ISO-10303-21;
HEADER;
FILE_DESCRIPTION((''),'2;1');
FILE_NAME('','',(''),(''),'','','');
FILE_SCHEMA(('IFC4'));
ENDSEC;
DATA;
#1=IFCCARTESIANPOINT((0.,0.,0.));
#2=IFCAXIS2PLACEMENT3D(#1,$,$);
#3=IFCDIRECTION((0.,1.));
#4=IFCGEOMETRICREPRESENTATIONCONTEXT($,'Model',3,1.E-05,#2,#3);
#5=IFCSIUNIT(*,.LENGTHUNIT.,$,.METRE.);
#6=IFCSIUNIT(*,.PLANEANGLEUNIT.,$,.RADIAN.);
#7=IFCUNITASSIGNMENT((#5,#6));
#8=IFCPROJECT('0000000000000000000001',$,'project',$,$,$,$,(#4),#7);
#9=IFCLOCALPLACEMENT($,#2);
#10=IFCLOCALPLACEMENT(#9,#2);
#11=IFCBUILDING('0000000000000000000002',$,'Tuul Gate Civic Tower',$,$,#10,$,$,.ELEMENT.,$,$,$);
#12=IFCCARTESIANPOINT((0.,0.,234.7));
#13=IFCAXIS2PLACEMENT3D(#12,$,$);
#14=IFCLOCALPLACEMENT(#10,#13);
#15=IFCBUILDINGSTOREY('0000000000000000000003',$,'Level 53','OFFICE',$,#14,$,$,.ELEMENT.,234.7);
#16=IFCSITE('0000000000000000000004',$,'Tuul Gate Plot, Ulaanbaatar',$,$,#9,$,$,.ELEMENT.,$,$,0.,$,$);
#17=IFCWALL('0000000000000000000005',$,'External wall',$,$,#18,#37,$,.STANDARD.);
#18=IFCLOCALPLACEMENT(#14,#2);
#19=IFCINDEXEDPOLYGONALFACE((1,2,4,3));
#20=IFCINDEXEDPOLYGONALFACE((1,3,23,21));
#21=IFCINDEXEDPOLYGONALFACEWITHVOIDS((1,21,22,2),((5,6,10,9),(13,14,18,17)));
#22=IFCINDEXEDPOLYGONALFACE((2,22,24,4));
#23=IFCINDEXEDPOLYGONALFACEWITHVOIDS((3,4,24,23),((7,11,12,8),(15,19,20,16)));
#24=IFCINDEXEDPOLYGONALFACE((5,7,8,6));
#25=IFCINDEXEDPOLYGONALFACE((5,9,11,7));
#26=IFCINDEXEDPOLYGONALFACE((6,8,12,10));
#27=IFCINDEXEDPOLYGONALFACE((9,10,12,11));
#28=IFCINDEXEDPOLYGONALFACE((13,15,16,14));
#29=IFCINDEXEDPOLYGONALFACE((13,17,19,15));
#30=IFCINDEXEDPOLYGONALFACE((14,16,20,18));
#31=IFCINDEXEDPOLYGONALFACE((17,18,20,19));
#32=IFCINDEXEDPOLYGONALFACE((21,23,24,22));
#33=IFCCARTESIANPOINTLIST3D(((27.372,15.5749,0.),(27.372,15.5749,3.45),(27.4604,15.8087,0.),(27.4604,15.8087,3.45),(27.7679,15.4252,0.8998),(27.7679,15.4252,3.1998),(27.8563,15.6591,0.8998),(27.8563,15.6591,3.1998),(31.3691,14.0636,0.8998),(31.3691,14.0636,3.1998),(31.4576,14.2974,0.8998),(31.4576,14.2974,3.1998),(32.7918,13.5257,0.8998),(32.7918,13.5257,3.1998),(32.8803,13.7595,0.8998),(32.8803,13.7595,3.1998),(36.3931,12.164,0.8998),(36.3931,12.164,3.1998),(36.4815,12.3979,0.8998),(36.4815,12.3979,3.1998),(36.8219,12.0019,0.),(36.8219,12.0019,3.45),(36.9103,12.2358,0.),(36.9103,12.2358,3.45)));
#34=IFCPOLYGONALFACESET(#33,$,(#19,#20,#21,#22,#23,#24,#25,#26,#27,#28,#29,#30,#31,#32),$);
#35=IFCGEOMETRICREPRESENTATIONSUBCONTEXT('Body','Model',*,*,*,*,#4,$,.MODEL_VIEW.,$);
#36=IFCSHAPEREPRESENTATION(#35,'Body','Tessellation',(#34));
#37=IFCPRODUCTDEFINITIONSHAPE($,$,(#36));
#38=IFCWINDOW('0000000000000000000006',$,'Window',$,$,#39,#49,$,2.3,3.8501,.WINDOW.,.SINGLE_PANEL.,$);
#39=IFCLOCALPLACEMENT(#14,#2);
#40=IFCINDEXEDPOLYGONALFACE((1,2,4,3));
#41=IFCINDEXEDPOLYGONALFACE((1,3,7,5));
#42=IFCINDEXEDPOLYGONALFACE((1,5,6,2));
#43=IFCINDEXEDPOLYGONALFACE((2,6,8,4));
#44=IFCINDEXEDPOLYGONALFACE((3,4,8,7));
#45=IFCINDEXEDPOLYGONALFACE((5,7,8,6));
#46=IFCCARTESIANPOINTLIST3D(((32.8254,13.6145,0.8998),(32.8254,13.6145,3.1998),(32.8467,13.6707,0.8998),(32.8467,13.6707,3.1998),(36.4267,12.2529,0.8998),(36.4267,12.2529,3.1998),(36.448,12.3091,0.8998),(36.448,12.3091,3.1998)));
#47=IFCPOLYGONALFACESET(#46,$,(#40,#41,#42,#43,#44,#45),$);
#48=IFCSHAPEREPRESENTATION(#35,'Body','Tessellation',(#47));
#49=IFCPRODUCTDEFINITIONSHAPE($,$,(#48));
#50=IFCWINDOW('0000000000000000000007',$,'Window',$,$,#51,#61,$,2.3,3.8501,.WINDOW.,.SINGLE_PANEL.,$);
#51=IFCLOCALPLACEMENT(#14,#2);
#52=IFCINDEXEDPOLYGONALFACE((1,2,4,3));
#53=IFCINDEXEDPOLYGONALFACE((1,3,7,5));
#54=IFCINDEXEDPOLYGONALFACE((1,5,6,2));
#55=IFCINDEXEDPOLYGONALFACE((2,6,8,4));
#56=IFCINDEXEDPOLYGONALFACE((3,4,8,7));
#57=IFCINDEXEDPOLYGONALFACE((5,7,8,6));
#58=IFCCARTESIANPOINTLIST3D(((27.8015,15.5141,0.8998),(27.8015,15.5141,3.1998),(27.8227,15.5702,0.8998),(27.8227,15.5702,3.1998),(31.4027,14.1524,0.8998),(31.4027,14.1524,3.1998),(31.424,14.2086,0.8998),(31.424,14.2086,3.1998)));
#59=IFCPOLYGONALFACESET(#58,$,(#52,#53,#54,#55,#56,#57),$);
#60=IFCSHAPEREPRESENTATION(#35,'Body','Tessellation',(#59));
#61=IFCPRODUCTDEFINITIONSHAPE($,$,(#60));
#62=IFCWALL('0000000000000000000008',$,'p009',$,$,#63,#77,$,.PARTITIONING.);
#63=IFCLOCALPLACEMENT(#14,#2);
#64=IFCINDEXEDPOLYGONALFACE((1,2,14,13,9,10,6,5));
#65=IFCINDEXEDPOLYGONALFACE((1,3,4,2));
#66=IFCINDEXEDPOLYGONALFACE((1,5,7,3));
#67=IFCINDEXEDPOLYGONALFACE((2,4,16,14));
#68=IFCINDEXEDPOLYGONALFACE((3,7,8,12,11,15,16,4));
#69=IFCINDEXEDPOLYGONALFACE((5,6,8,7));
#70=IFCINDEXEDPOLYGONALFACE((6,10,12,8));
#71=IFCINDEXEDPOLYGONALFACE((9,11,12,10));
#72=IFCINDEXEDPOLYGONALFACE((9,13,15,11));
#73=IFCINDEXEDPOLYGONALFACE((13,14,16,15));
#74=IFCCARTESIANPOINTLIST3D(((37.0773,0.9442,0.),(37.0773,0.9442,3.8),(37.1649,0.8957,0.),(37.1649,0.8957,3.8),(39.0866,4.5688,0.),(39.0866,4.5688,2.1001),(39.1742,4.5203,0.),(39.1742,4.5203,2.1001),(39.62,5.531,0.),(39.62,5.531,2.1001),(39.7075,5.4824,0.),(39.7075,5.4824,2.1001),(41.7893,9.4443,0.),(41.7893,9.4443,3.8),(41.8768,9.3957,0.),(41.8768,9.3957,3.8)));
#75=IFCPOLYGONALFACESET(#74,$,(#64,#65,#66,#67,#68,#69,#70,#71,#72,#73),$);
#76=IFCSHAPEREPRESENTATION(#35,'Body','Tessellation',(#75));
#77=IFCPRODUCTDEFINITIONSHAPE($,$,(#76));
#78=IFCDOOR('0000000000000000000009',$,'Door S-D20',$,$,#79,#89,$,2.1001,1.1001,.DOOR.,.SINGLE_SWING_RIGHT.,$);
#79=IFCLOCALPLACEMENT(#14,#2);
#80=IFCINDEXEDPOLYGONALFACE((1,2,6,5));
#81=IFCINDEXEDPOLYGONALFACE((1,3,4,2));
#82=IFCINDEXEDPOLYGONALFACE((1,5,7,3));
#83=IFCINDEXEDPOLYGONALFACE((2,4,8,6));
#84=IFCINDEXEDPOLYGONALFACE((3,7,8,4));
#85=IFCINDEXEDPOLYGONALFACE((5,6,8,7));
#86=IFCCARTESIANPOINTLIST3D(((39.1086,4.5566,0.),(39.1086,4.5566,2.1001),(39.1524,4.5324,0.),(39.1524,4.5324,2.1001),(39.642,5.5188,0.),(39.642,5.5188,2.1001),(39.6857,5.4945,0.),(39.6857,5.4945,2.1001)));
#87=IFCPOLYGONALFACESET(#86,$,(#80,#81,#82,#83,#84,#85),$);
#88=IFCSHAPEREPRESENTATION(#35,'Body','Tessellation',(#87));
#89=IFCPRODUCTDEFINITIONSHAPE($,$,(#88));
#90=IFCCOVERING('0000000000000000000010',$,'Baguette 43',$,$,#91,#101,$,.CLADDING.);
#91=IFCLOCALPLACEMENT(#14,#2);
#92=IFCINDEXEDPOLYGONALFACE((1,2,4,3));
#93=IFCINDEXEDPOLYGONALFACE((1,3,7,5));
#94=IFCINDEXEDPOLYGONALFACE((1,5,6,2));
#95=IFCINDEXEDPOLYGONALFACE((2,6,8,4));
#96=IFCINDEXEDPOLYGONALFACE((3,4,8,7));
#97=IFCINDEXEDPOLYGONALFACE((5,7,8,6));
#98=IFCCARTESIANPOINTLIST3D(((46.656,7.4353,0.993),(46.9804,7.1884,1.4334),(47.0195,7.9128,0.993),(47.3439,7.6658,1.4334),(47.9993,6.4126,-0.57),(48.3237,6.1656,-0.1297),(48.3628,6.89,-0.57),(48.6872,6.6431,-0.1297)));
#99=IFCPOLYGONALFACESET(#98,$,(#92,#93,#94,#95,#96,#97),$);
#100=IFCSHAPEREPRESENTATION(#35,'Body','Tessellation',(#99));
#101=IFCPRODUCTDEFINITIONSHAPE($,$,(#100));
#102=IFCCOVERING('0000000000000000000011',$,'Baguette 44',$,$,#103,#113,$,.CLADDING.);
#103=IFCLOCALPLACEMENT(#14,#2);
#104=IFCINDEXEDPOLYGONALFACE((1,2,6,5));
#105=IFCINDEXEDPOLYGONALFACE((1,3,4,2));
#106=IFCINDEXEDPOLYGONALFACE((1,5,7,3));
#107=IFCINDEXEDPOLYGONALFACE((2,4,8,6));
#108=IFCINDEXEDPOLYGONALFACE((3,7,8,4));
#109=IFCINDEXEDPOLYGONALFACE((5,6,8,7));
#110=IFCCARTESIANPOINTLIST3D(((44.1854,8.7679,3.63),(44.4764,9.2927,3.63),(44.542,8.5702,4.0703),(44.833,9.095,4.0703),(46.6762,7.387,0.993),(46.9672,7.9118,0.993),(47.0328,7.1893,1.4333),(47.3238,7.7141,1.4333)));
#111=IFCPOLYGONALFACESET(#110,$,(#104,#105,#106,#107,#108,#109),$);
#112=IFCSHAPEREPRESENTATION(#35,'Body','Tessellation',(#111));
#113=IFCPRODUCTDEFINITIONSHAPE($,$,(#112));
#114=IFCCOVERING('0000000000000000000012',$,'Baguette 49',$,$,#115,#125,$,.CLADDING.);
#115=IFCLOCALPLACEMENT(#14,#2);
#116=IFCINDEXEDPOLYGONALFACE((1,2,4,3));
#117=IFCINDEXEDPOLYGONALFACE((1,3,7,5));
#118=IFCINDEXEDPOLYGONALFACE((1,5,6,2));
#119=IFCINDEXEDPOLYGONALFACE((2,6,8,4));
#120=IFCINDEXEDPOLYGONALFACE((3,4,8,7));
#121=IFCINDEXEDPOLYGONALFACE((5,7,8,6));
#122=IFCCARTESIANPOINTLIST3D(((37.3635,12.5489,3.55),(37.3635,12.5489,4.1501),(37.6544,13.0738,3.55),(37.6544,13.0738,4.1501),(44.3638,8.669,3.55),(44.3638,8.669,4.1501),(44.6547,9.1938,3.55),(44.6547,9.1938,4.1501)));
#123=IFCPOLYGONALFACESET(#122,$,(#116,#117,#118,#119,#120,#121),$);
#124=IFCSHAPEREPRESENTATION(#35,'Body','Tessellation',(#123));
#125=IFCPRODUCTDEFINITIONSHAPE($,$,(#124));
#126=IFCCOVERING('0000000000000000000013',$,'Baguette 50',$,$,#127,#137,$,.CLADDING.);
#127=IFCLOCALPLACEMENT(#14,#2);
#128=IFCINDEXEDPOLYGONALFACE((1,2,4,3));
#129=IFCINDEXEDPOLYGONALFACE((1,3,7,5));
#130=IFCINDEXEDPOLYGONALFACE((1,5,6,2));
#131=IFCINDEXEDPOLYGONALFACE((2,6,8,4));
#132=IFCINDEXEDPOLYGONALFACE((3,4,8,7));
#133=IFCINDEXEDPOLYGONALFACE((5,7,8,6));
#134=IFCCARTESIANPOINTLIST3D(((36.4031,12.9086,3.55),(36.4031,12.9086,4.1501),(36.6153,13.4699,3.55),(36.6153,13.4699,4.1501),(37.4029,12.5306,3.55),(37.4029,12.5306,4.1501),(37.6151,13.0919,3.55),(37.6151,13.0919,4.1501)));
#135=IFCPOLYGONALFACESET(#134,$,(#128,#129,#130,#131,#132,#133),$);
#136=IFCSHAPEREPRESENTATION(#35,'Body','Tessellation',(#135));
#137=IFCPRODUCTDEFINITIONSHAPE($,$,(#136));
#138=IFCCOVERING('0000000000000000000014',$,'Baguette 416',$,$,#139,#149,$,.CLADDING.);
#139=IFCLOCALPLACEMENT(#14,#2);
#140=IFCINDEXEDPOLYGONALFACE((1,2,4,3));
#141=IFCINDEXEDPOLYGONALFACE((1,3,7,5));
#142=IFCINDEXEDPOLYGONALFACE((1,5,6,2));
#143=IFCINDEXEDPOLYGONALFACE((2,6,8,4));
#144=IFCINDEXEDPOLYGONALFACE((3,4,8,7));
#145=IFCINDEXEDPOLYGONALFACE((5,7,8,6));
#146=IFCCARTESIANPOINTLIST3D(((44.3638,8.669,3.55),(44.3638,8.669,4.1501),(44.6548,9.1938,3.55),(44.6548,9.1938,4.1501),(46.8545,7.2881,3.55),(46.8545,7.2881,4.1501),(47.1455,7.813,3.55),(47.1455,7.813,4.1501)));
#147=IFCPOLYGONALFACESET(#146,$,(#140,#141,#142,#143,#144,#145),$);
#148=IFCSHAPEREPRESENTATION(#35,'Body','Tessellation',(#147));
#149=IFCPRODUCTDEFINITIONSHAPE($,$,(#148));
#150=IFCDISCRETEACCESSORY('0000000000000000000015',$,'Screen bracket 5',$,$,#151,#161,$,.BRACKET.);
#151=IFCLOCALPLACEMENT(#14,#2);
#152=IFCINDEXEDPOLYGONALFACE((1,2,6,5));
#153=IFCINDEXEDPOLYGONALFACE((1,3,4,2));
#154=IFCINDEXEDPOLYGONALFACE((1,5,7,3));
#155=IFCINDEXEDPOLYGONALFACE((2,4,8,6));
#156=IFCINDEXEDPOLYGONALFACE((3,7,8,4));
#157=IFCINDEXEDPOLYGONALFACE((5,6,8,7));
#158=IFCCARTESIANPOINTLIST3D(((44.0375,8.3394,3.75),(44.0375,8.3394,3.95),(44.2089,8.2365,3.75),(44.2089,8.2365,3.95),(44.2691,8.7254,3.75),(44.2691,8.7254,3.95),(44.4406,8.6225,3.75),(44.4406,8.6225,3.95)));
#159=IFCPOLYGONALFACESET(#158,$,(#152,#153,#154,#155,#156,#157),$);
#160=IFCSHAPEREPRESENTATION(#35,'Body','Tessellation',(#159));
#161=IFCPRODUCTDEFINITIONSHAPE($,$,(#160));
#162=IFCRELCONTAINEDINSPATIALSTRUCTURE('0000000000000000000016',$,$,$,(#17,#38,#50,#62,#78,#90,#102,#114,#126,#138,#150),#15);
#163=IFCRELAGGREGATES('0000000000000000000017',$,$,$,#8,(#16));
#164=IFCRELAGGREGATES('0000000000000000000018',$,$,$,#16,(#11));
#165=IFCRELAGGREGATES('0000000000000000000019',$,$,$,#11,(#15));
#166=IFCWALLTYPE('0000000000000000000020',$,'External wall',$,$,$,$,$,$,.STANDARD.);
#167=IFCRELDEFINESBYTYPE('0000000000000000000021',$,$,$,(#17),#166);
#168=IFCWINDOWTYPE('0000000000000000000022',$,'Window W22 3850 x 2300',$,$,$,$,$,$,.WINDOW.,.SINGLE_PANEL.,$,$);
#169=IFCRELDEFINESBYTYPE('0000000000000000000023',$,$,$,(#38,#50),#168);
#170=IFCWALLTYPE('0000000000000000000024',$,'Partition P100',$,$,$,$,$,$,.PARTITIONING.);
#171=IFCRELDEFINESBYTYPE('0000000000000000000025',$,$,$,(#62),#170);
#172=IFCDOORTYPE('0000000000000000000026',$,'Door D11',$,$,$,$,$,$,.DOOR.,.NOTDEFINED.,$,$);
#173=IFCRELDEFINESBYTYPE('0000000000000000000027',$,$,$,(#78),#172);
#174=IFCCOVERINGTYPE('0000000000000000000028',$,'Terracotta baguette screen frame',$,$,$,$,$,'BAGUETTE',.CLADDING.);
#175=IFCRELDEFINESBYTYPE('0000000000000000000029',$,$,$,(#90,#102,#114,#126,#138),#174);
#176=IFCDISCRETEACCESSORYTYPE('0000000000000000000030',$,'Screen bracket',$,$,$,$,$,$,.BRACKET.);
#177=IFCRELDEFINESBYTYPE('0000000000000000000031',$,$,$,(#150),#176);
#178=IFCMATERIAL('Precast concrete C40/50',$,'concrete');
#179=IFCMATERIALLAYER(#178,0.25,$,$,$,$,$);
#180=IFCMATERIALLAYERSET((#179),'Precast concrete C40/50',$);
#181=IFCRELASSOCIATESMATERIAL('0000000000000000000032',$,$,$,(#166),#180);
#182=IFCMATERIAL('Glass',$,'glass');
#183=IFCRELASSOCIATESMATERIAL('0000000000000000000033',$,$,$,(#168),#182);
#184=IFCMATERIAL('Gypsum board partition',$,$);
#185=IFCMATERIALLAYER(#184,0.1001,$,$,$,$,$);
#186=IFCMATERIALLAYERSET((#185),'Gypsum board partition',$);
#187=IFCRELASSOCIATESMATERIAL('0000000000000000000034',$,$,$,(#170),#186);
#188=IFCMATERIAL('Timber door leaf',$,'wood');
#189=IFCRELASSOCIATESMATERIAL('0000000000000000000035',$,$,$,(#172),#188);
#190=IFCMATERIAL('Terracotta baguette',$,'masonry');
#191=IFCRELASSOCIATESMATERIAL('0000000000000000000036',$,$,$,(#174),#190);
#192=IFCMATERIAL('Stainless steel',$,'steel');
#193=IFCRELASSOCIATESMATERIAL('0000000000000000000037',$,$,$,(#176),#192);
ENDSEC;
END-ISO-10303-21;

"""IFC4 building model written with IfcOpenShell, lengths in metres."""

from ifc_helpers import new_model, si_unit, direction, frame, frame_2d, origin, origin_2d, place, context, subcontext, project, spatial, rectangle, extrude, material, layer, layer_set, material_profile, profile_set, type_object, element, fill, save


model = new_model("IFC4")

# Units and contexts
model_context = context("Model", 3, precision=1e-05, world=origin(), true_north=direction((0.0, 1.0)))
body_context = subcontext(model_context, "Body", "Model", "MODEL_VIEW")
ifc_project = project(units=[si_unit("LENGTHUNIT", "METRE"), si_unit("PLANEANGLEUNIT", "RADIAN")], contexts=[model_context])

# Site, building, storey
site_placement = place(None, origin())
site = spatial("IfcSite", under=ifc_project, at=site_placement, Name="Tuul Gate Plot, Ulaanbaatar", CompositionType="ELEMENT", RefElevation=0.0)
building_placement = place(site_placement, origin())
building = spatial("IfcBuilding", under=site, at=building_placement, Name="Tuul Gate Civic Tower", CompositionType="ELEMENT")
storey_placement = place(building_placement, frame((0.0, 0.0, 234.7)))
storey = spatial("IfcBuildingStorey", under=building, at=storey_placement, Name="Level 53", Description="OFFICE", CompositionType="ELEMENT", Elevation=234.7)

# Wall, openings, windows
ifc_material_1 = material(Name="Precast concrete C40/50", Category="concrete")
ifc_layer_1 = layer(ifc_material_1, 0.25)
ifc_layer_set_1 = layer_set([ifc_layer_1], Name="Precast concrete C40/50")
wall_type_1 = type_object("IfcWallType", Name="External wall", PredefinedType="STANDARD", material=ifc_layer_set_1)
ifc_material_2 = material(Name="Glass", Category="glass")
window_type = type_object("IfcWindowType", Name="Window W22 3850 x 2300", PartitioningType="SINGLE_PANEL", PredefinedType="WINDOW", material=ifc_material_2)
wall_1_placement = place(storey_placement, frame((36.866, 12.1189, 0.0), z_axis=(0.0, 0.0, 1.0), x_axis=(-0.935373, 0.353662, 0.0)))
wall_1 = element("IfcWall", 1, at=wall_1_placement, inside=storey, type_object=wall_type_1, Name="External wall", PredefinedType="STANDARD", context=body_context, shape_type="SweptSolid", body=[
    extrude(rectangle(XDim=10.1028, YDim=0.25, at=frame_2d((5.0513, 0.0))), origin(), (0.0, 0.0, 1.0), 3.45),
])
opening_1_placement = place(wall_1_placement, frame((0.4583, 0.0, 0.8999)))
opening_1 = element("IfcOpeningElement", 2, at=opening_1_placement, cuts=wall_1, PredefinedType="OPENING", context=body_context, shape_type="SweptSolid", body=[
    extrude(rectangle(XDim=3.8501, YDim=2.3, at=frame_2d((1.925, 1.1499))), frame((0.0, 0.135, 0.0), z_axis=(0.0, -1.0, 0.0), x_axis=(1.0, 0.0, 0.0)), (0.0, 0.0, 1.0), 0.27),
])
opening_2_placement = place(wall_1_placement, frame((5.8293, 0.0, 0.8999)))
opening_2 = element("IfcOpeningElement", 3, at=opening_2_placement, cuts=wall_1, PredefinedType="OPENING", context=body_context, shape_type="SweptSolid", body=[
    extrude(rectangle(XDim=3.8501, YDim=2.3, at=frame_2d((1.925, 1.1499))), frame((0.0, 0.135, 0.0), z_axis=(0.0, -1.0, 0.0), x_axis=(1.0, 0.0, 0.0)), (0.0, 0.0, 1.0), 0.27),
])
window_1_placement = place(opening_1_placement, origin())
window_1 = element("IfcWindow", 4, at=window_1_placement, inside=storey, type_object=window_type, Name="Window", OverallHeight=2.3, OverallWidth=3.8501, PartitioningType="SINGLE_PANEL", PredefinedType="WINDOW", context=body_context, shape_type="SweptSolid", body=[
    extrude(rectangle(XDim=3.8501, YDim=2.3, at=frame_2d((1.925, 1.1499))), frame((0.0, 0.03, 0.0), z_axis=(0.0, -1.0, 0.0), x_axis=(1.0, 0.0, 0.0)), (0.0, 0.0, 1.0), 0.0601),
])
fill(opening_1, window_1)
window_2_placement = place(opening_2_placement, origin())
window_2 = element("IfcWindow", 5, at=window_2_placement, inside=storey, type_object=window_type, Name="Window", OverallHeight=2.3, OverallWidth=3.8501, PartitioningType="SINGLE_PANEL", PredefinedType="WINDOW", context=body_context, shape_type="SweptSolid", body=[
    extrude(rectangle(XDim=3.8501, YDim=2.3, at=frame_2d((1.925, 1.1499))), frame((0.0, 0.03, 0.0), z_axis=(0.0, -1.0, 0.0), x_axis=(1.0, 0.0, 0.0)), (0.0, 0.0, 1.0), 0.0601),
])
fill(opening_2, window_2)

# Wall, opening, door
ifc_material_3 = material(Name="Gypsum board partition")
ifc_layer_2 = layer(ifc_material_3, 0.1001)
ifc_layer_set_2 = layer_set([ifc_layer_2], Name="Gypsum board partition")
wall_type_2 = type_object("IfcWallType", Name="Partition P100", PredefinedType="PARTITIONING", material=ifc_layer_set_2)
wall_2_placement = place(storey_placement, frame((37.1211, 0.9199, 0.0), z_axis=(0.0, 0.0, 1.0), x_axis=(0.484832, 0.874607, 0.0)))
wall_2 = element("IfcWall", 6, at=wall_2_placement, inside=storey, type_object=wall_type_2, Name="p009", PredefinedType="PARTITIONING", context=body_context, shape_type="SweptSolid", body=[
    extrude(rectangle(XDim=9.7188, YDim=0.1001, at=frame_2d((4.8594, 0.0))), origin(), (0.0, 0.0, 1.0), 3.8),
])
opening_3_placement = place(wall_2_placement, frame((4.1443, 0.0, 0.0)))
opening_3 = element("IfcOpeningElement", 7, at=opening_3_placement, cuts=wall_2, PredefinedType="OPENING", context=body_context, shape_type="SweptSolid", body=[
    extrude(rectangle(XDim=1.1001, YDim=2.1001, at=frame_2d((0.55, 1.05))), frame((0.0, 0.0601, 0.0), z_axis=(0.0, -1.0, 0.0), x_axis=(1.0, 0.0, 0.0)), (0.0, 0.0, 1.0), 0.1201),
])
ifc_material_4 = material(Name="Timber door leaf", Category="wood")
door_type_1 = type_object("IfcDoorType", Name="Door D11", OperationType="NOTDEFINED", PredefinedType="DOOR", material=ifc_material_4)
door_1_placement = place(opening_3_placement, origin())
door_1 = element("IfcDoor", 8, at=door_1_placement, inside=storey, type_object=door_type_1, Name="Door S-D20", OperationType="SINGLE_SWING_RIGHT", OverallHeight=2.1001, OverallWidth=1.1001, PredefinedType="DOOR", context=body_context, shape_type="SweptSolid", body=[
    extrude(rectangle(XDim=1.1001, YDim=2.1001, at=frame_2d((0.55, 1.05))), frame((0.0, 0.0249, 0.0), z_axis=(0.0, -1.0, 0.0), x_axis=(1.0, 0.0, 0.0)), (0.0, 0.0, 1.0), 0.05),
])
fill(opening_3, door_1)

# Coverings
ifc_material_5 = material(Name="Terracotta baguette", Category="masonry")
ifc_material_profile_1 = material_profile(ifc_material_5, rectangle(XDim=0.6001, YDim=0.6001, at=origin_2d()), Name="Terracotta baguette screen frame")
ifc_profile_set_1 = profile_set([ifc_material_profile_1], Name="Terracotta baguette")
covering_type = type_object("IfcCoveringType", Name="Terracotta baguette screen frame", ElementType="BAGUETTE", PredefinedType="CLADDING", material=ifc_profile_set_1)
covering_1_placement = place(storey_placement, frame((48.3433, 6.5278, -0.3499), z_axis=(-0.58385, 0.44452, 0.679354), x_axis=(-0.605769, -0.795641, 0.0)))
element("IfcCovering", 9, at=covering_1_placement, inside=storey, type_object=covering_type, Name="Baguette 43", PredefinedType="CLADDING", context=body_context, shape_type="SweptSolid", body=[
    extrude(rectangle(XDim=0.6001, YDim=0.6001, at=origin_2d()), origin(), (0.0, 0.0, 1.0), 2.3008),
])
covering_2_placement = place(storey_placement, frame((47.0, 7.5505, 1.2131), z_axis=(-0.641733, 0.355778, 0.679412), x_axis=(-0.484871, -0.874586, 0.0)))
element("IfcCovering", 10, at=covering_2_placement, inside=storey, type_object=covering_type, Name="Baguette 44", PredefinedType="CLADDING", context=body_context, shape_type="SweptSolid", body=[
    extrude(rectangle(XDim=0.6001, YDim=0.6001, at=origin_2d()), origin(), (0.0, 0.0, 1.0), 3.8813),
])
covering_3_placement = place(storey_placement, frame((44.5093, 8.9314, 3.8501), z_axis=(-0.874642, 0.48477, 0.0), x_axis=(-0.48477, -0.874642, 0.0)))
element("IfcCovering", 11, at=covering_3_placement, inside=storey, type_object=covering_type, Name="Baguette 49", PredefinedType="CLADDING", context=body_context, shape_type="SweptSolid", body=[
    extrude(rectangle(XDim=0.6001, YDim=0.6001, at=origin_2d()), origin(), (0.0, 0.0, 1.0), 8.0037),
])
covering_4_placement = place(storey_placement, frame((37.509, 12.8113, 3.8501), z_axis=(-0.935397, 0.3536, 0.0), x_axis=(-0.3536, -0.935397, 0.0)))
element("IfcCovering", 12, at=covering_4_placement, inside=storey, type_object=covering_type, Name="Baguette 50", PredefinedType="CLADDING", context=body_context, shape_type="SweptSolid", body=[
    extrude(rectangle(XDim=0.6001, YDim=0.6001, at=origin_2d()), origin(), (0.0, 0.0, 1.0), 1.0688),
])
covering_5_placement = place(storey_placement, frame((47.0, 7.5505, 3.8501), z_axis=(-0.874586, 0.484871, 0.0), x_axis=(-0.484871, -0.874586, 0.0)))
element("IfcCovering", 13, at=covering_5_placement, inside=storey, type_object=covering_type, Name="Baguette 416", PredefinedType="CLADDING", context=body_context, shape_type="SweptSolid", body=[
    extrude(rectangle(XDim=0.6001, YDim=0.6001, at=origin_2d()), origin(), (0.0, 0.0, 1.0), 2.8479),
])

# Discrete accessory
ifc_material_6 = material(Name="Stainless steel", Category="steel")
discrete_accessory_type = type_object("IfcDiscreteAccessoryType", Name="Screen bracket", PredefinedType="BRACKET", material=ifc_material_6)
discrete_accessory_placement = place(storey_placement, frame((44.239, 8.481, 3.75), z_axis=(0.0, 0.0, 1.0), x_axis=(0.514594, 0.857434, 0.0)))
element("IfcDiscreteAccessory", 14, at=discrete_accessory_placement, inside=storey, type_object=discrete_accessory_type, Name="Screen bracket 5", PredefinedType="BRACKET", context=body_context, shape_type="SweptSolid", body=[
    extrude(rectangle(XDim=0.4502, YDim=0.2, at=origin_2d()), origin(), (0.0, 0.0, 1.0), 0.2),
])

save(model, "model.ifc")
